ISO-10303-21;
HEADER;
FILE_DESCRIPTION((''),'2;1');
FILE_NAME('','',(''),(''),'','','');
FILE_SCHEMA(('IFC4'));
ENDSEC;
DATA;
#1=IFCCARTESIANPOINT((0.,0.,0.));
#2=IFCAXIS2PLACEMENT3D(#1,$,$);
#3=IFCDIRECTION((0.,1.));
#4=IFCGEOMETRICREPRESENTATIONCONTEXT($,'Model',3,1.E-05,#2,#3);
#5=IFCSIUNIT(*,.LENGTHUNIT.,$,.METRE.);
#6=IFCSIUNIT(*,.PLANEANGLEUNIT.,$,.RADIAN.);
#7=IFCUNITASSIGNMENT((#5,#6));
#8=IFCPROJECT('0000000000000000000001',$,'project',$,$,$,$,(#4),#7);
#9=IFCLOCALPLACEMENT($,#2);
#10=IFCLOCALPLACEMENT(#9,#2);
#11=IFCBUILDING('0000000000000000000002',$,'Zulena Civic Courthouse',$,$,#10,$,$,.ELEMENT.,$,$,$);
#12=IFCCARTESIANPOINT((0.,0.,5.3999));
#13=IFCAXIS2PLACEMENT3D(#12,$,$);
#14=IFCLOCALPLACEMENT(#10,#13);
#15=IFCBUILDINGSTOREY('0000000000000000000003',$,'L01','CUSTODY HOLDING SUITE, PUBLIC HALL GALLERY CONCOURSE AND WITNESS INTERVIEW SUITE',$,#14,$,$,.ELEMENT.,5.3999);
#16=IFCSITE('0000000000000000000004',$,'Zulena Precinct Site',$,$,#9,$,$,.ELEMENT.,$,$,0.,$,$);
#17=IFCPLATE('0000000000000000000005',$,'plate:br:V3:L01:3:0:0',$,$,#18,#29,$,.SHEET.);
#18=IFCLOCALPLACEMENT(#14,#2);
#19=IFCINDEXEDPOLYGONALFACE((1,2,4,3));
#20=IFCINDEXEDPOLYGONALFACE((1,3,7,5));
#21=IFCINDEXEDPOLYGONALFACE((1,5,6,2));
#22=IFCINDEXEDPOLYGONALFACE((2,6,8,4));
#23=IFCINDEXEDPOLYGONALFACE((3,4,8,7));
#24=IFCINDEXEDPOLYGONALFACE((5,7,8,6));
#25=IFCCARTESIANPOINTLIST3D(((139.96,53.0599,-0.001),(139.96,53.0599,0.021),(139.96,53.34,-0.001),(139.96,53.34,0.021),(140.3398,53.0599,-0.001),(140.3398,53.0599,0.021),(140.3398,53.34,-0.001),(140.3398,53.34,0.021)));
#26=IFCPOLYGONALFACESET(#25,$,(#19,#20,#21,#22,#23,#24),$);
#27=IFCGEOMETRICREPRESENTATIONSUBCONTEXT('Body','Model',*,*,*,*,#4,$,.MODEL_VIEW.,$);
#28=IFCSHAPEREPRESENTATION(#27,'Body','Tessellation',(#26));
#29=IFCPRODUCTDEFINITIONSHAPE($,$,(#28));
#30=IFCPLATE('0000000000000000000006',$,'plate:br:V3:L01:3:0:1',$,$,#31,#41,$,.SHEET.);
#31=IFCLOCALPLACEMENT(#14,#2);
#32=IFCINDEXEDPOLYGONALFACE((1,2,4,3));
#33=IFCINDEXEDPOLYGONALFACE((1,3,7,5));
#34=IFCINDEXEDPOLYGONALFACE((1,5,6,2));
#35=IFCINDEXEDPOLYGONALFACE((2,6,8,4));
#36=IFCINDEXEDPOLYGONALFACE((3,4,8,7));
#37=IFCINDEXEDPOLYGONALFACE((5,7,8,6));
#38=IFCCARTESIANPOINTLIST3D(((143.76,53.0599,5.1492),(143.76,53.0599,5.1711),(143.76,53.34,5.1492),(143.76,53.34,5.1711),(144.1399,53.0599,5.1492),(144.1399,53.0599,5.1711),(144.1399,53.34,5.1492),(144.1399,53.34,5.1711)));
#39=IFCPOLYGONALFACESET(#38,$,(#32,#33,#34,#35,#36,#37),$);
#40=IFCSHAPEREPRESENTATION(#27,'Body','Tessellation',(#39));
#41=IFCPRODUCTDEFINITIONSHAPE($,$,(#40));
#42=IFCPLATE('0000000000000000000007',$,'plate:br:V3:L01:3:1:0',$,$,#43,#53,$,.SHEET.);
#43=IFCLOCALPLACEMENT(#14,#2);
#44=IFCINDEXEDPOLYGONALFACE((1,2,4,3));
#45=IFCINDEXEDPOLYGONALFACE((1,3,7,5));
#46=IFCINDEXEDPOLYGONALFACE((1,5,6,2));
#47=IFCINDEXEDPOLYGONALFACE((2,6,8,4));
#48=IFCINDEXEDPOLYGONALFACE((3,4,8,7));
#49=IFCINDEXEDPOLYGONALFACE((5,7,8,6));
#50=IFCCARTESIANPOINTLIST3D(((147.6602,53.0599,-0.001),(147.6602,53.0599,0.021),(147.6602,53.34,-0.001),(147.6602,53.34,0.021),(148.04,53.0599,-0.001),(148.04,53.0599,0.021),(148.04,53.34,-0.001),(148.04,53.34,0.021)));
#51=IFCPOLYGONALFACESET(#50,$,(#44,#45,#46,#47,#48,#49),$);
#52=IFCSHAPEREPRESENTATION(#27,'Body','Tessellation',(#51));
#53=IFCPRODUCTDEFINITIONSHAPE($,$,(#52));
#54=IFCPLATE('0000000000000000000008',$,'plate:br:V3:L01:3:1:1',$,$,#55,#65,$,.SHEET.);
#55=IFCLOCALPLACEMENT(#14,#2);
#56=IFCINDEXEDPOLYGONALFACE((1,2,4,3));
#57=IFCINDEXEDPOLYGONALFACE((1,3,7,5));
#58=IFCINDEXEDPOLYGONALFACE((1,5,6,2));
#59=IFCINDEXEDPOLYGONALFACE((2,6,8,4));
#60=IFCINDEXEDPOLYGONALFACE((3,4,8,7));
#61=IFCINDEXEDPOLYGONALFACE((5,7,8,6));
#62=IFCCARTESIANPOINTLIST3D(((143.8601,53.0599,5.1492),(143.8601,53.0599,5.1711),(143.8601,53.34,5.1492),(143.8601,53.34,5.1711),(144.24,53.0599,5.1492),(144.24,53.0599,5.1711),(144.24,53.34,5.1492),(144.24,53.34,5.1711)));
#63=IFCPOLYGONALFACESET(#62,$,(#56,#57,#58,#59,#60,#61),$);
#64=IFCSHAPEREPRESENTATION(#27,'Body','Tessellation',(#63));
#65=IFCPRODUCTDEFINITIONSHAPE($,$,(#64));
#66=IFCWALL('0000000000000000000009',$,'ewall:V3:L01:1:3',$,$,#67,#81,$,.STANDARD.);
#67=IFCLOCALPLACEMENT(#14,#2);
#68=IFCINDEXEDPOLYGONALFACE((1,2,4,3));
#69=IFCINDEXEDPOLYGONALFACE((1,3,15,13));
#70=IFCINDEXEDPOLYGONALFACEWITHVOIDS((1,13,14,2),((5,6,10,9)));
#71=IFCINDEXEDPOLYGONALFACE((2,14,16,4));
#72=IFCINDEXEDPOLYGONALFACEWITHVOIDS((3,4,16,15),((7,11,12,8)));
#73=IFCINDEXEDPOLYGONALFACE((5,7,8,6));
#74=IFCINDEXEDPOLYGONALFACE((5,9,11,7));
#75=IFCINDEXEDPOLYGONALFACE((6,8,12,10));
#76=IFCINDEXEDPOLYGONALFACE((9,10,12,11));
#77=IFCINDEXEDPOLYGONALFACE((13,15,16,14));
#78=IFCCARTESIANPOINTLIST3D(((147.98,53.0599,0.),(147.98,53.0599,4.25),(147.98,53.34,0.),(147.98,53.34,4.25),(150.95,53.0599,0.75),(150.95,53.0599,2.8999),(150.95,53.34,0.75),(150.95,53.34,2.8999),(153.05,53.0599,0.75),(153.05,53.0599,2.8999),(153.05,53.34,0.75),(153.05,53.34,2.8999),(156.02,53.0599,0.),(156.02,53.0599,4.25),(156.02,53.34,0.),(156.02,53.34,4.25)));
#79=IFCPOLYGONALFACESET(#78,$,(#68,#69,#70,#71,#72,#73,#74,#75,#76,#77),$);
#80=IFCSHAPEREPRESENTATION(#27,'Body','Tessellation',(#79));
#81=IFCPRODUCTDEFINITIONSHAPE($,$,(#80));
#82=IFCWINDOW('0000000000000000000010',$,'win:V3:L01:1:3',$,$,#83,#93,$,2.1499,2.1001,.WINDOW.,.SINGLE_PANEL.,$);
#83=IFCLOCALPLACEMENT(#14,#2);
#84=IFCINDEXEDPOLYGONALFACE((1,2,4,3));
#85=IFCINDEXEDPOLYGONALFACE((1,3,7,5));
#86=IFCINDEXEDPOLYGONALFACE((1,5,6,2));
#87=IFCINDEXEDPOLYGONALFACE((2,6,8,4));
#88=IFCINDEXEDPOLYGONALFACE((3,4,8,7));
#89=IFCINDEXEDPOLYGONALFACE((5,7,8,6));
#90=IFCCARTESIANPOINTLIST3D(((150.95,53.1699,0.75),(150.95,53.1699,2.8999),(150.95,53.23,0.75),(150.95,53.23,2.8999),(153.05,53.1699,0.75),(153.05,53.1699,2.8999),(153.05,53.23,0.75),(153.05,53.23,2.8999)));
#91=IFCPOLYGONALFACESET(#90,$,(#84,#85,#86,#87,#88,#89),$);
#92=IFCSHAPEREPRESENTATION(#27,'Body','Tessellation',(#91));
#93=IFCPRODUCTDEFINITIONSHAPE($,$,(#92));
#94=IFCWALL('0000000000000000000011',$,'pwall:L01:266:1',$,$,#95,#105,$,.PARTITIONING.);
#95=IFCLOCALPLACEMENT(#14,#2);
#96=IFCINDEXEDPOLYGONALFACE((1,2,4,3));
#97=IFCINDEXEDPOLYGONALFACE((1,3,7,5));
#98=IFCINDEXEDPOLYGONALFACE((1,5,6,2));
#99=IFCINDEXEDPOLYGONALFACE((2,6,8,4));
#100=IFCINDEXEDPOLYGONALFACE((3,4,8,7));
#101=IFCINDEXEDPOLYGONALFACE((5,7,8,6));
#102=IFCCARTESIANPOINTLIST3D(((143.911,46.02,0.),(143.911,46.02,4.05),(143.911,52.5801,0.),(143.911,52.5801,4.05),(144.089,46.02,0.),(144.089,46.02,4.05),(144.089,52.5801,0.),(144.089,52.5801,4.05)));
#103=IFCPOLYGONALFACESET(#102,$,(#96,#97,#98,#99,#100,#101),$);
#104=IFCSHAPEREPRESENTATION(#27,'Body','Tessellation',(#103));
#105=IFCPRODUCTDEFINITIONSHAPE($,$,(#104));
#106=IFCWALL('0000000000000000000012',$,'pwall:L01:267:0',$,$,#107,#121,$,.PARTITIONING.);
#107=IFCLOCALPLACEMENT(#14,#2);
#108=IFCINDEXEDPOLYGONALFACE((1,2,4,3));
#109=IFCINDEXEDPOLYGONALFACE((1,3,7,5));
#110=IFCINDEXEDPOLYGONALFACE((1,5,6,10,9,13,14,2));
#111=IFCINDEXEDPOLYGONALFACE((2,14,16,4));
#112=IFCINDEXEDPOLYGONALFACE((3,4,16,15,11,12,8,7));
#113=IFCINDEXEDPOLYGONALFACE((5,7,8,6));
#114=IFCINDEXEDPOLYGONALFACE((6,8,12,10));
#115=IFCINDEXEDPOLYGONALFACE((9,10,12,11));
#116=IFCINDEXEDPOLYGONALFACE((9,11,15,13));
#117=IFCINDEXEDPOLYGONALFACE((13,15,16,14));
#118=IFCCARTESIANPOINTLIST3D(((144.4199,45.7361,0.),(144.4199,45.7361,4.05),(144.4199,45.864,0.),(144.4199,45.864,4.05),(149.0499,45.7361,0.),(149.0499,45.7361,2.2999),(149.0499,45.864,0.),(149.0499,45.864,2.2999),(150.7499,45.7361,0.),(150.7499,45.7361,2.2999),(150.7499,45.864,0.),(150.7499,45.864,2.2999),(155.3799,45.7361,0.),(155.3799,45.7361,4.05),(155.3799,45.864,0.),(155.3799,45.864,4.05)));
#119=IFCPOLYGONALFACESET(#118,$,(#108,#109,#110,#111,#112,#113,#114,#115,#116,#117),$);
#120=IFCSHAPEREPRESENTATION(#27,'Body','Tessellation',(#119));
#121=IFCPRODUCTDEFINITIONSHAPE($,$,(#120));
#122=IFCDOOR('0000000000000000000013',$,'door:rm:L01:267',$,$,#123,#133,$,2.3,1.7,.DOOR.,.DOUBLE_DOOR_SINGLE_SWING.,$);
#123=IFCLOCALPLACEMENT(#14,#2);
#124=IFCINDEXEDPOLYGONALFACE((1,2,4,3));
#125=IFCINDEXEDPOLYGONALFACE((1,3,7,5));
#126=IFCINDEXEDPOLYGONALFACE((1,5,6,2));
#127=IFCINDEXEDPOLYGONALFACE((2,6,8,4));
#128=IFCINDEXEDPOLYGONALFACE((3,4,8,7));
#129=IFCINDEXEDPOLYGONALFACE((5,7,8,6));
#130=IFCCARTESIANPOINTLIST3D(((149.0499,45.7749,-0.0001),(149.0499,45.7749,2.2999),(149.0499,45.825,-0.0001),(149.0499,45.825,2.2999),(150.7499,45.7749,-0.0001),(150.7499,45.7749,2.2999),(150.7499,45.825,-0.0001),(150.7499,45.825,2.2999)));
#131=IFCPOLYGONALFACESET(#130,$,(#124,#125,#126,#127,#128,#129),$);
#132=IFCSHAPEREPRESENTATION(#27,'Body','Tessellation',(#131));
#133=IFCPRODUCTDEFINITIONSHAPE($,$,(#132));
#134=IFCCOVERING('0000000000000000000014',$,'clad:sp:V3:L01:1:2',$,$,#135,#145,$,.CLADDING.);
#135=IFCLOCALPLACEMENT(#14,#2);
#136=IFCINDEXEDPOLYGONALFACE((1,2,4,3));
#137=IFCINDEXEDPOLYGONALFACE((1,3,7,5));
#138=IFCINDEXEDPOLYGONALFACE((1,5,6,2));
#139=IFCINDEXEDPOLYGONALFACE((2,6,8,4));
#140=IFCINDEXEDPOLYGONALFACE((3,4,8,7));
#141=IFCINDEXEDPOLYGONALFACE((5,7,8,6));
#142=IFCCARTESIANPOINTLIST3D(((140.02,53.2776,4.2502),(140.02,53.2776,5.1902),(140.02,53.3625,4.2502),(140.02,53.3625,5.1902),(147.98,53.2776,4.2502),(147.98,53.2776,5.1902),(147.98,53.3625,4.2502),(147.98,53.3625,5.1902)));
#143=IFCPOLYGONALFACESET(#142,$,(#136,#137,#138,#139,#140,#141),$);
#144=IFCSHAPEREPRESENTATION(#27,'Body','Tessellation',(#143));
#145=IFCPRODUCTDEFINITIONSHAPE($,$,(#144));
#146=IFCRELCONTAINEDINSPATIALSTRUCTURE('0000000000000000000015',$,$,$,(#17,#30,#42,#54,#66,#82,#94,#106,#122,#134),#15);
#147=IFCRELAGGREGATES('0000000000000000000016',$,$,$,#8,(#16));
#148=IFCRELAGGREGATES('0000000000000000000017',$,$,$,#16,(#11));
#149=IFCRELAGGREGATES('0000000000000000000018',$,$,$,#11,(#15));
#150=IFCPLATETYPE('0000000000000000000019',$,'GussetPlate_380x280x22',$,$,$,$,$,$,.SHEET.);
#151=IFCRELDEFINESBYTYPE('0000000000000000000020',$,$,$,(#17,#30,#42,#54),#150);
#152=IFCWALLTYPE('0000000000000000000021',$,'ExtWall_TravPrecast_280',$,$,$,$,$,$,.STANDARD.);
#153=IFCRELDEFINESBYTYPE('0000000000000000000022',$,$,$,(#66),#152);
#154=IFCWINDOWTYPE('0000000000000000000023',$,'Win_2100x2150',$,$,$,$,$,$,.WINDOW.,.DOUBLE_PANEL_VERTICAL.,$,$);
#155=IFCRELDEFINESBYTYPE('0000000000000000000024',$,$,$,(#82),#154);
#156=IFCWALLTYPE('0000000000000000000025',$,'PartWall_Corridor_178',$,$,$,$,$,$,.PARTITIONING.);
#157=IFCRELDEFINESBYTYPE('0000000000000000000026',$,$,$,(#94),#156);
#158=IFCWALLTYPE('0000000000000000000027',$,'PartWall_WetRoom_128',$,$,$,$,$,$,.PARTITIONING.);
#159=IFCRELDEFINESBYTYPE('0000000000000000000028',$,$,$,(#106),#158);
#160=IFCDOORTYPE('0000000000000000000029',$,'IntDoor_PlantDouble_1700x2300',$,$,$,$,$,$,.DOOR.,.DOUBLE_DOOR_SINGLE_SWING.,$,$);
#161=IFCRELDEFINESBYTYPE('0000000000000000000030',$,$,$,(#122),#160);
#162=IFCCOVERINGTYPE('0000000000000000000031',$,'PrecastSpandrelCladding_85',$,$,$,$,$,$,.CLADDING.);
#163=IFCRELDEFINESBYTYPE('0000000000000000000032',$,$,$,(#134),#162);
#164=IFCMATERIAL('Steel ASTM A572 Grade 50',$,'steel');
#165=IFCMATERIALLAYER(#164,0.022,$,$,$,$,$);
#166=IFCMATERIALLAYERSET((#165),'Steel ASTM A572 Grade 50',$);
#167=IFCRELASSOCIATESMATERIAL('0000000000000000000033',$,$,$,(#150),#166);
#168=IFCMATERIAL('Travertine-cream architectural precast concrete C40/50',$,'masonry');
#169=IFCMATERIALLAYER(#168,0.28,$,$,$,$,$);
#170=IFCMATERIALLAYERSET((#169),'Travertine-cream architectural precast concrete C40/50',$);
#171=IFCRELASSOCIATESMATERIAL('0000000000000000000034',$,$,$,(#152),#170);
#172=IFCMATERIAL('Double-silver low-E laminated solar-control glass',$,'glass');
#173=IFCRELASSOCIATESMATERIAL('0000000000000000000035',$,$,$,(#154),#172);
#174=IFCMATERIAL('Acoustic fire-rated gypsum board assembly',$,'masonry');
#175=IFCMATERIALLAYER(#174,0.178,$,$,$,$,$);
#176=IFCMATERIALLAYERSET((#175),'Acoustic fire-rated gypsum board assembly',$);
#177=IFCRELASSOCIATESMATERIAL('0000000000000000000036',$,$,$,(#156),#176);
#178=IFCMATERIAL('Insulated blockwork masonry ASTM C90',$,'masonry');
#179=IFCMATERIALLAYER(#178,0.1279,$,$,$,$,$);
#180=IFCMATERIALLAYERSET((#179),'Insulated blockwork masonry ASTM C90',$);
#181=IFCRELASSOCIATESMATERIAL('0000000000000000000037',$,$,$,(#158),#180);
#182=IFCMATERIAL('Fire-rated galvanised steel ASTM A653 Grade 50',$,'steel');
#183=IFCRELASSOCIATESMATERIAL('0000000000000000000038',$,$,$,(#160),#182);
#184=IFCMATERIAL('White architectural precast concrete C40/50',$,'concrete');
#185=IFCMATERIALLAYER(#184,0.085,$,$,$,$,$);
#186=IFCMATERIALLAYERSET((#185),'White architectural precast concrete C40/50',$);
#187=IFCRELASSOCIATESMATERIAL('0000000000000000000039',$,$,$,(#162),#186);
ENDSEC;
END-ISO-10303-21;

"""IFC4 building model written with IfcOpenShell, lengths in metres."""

from ifc_helpers import new_model, si_unit, direction, frame, frame_2d, origin, origin_2d, place, context, subcontext, project, spatial, rectangle, extrude, material, layer, layer_set, type_object, element, fill, save


model = new_model("IFC4")

# Units and contexts
model_context = context("Model", 3, precision=1e-05, world=origin(), true_north=direction((0.0, 1.0)))
body_context = subcontext(model_context, "Body", "Model", "MODEL_VIEW")
ifc_project = project(units=[si_unit("LENGTHUNIT", "METRE"), si_unit("PLANEANGLEUNIT", "RADIAN")], contexts=[model_context])

# Site, building, storey
site_placement = place(None, origin())
site = spatial("IfcSite", under=ifc_project, at=site_placement, Name="Zulena Precinct Site", CompositionType="ELEMENT", RefElevation=0.0)
building_placement = place(site_placement, origin())
building = spatial("IfcBuilding", under=site, at=building_placement, Name="Zulena Civic Courthouse", CompositionType="ELEMENT")
storey_placement = place(building_placement, frame((0.0, 0.0, 5.3999)))
storey = spatial("IfcBuildingStorey", under=building, at=storey_placement, Name="L01", Description="CUSTODY HOLDING SUITE, PUBLIC HALL GALLERY CONCOURSE AND WITNESS INTERVIEW SUITE", CompositionType="ELEMENT", Elevation=5.3999)

# Plates
ifc_material_1 = material(Name="Steel ASTM A572 Grade 50", Category="steel")
ifc_layer_1 = layer(ifc_material_1, 0.022)
ifc_layer_set_1 = layer_set([ifc_layer_1], Name="Steel ASTM A572 Grade 50")
plate_type = type_object("IfcPlateType", Name="GussetPlate_380x280x22", PredefinedType="SHEET", material=ifc_layer_set_1)
for number, where, z_axis, x_axis, name in (
    (1, (140.1499, 53.2, -0.001), (0.0, 0.0, 1.0), (1.0, 0.0, 0.0), "plate:br:V3:L01:3:0:0"),
    (2, (143.95, 53.2, 5.1492), (0.0, 0.0, 1.0), (1.0, 0.0, 0.0), "plate:br:V3:L01:3:0:1"),
    (3, (147.8501, 53.2, -0.001), (0.0, 0.0, 1.0), (1.0, 0.0, 0.0), "plate:br:V3:L01:3:1:0"),
    (4, (144.05, 53.2, 5.1492), (0.0, 0.0, 1.0), (1.0, 0.0, 0.0), "plate:br:V3:L01:3:1:1"),
):
    element("IfcPlate", number, at=place(storey_placement, frame(where, z_axis=z_axis, x_axis=x_axis)), inside=storey, type_object=plate_type, Name=name, PredefinedType="SHEET", context=body_context, shape_type="SweptSolid", body=[
        extrude(rectangle(XDim=0.3799, YDim=0.28, at=origin_2d()), origin(), (0.0, 0.0, 1.0), 0.022),
    ])

# Wall, opening, window
ifc_material_2 = material(Name="Travertine-cream architectural precast concrete C40/50", Category="masonry")
ifc_layer_2 = layer(ifc_material_2, 0.28)
ifc_layer_set_2 = layer_set([ifc_layer_2], Name="Travertine-cream architectural precast concrete C40/50")
wall_type_1 = type_object("IfcWallType", Name="ExtWall_TravPrecast_280", PredefinedType="STANDARD", material=ifc_layer_set_2)
wall_1_placement = place(storey_placement, frame((147.98, 53.2, 0.0), z_axis=(0.0, 0.0, 1.0), x_axis=(1.0, 0.0, 0.0)))
wall_1 = element("IfcWall", 5, at=wall_1_placement, inside=storey, type_object=wall_type_1, Name="ewall:V3:L01:1:3", PredefinedType="STANDARD", context=body_context, shape_type="SweptSolid", body=[
    extrude(rectangle(XDim=8.04, YDim=0.28, at=frame_2d((4.02, 0.0))), origin(), (0.0, 0.0, 1.0), 4.25),
])
opening_1_placement = place(wall_1_placement, frame((2.97, 0.0, 0.75)))
opening_1 = element("IfcOpeningElement", 6, at=opening_1_placement, cuts=wall_1, PredefinedType="OPENING", context=body_context, shape_type="SweptSolid", body=[
    extrude(rectangle(XDim=2.1001, YDim=2.1499, at=frame_2d((1.05, 1.075))), frame((0.0, 0.1499, 0.0), z_axis=(0.0, -1.0, 0.0), x_axis=(1.0, 0.0, 0.0)), (0.0, 0.0, 1.0), 0.3),
])
ifc_material_3 = material(Name="Double-silver low-E laminated solar-control glass", Category="glass")
window_type = type_object("IfcWindowType", Name="Win_2100x2150", PartitioningType="DOUBLE_PANEL_VERTICAL", PredefinedType="WINDOW", material=ifc_material_3)
window_placement = place(opening_1_placement, origin())
window = element("IfcWindow", 7, at=window_placement, inside=storey, type_object=window_type, Name="win:V3:L01:1:3", OverallHeight=2.1499, OverallWidth=2.1001, PartitioningType="SINGLE_PANEL", PredefinedType="WINDOW", context=body_context, shape_type="SweptSolid", body=[
    extrude(rectangle(XDim=2.1001, YDim=2.1499, at=frame_2d((1.05, 1.075))), frame((0.0, 0.03, 0.0), z_axis=(0.0, -1.0, 0.0), x_axis=(1.0, 0.0, 0.0)), (0.0, 0.0, 1.0), 0.0601),
])
fill(opening_1, window)

# Wall
ifc_material_4 = material(Name="Acoustic fire-rated gypsum board assembly", Category="masonry")
ifc_layer_3 = layer(ifc_material_4, 0.178)
ifc_layer_set_3 = layer_set([ifc_layer_3], Name="Acoustic fire-rated gypsum board assembly")
wall_type_2 = type_object("IfcWallType", Name="PartWall_Corridor_178", PredefinedType="PARTITIONING", material=ifc_layer_set_3)
wall_2_placement = place(storey_placement, frame((144.0, 46.02, 0.0), z_axis=(0.0, 0.0, 1.0), x_axis=(0.0, 1.0, 0.0)))
element("IfcWall", 8, at=wall_2_placement, inside=storey, type_object=wall_type_2, Name="pwall:L01:266:1", PredefinedType="PARTITIONING", context=body_context, shape_type="SweptSolid", body=[
    extrude(rectangle(XDim=6.5601, YDim=0.178, at=frame_2d((3.28, 0.0))), origin(), (0.0, 0.0, 1.0), 4.05),
])

# Wall, opening, door
ifc_material_5 = material(Name="Insulated blockwork masonry ASTM C90", Category="masonry")
ifc_layer_4 = layer(ifc_material_5, 0.1279)
ifc_layer_set_4 = layer_set([ifc_layer_4], Name="Insulated blockwork masonry ASTM C90")
wall_type_3 = type_object("IfcWallType", Name="PartWall_WetRoom_128", PredefinedType="PARTITIONING", material=ifc_layer_set_4)
wall_3_placement = place(storey_placement, frame((144.4199, 45.8, 0.0), z_axis=(0.0, 0.0, 1.0), x_axis=(1.0, 0.0, 0.0)))
wall_3 = element("IfcWall", 9, at=wall_3_placement, inside=storey, type_object=wall_type_3, Name="pwall:L01:267:0", PredefinedType="PARTITIONING", context=body_context, shape_type="SweptSolid", body=[
    extrude(rectangle(XDim=10.96, YDim=0.1279, at=frame_2d((5.48, 0.0))), origin(), (0.0, 0.0, 1.0), 4.05),
])
opening_2_placement = place(wall_3_placement, frame((4.6299, 0.0, 0.0)))
opening_2 = element("IfcOpeningElement", 10, at=opening_2_placement, cuts=wall_3, PredefinedType="OPENING", context=body_context, shape_type="SweptSolid", body=[
    extrude(rectangle(XDim=1.7, YDim=2.3, at=frame_2d((0.8501, 1.1499))), frame((0.0, 0.074, 0.0), z_axis=(0.0, -1.0, 0.0), x_axis=(1.0, 0.0, 0.0)), (0.0, 0.0, 1.0), 0.1479),
])
ifc_material_6 = material(Name="Fire-rated galvanised steel ASTM A653 Grade 50", Category="steel")
door_type = type_object("IfcDoorType", Name="IntDoor_PlantDouble_1700x2300", OperationType="DOUBLE_DOOR_SINGLE_SWING", PredefinedType="DOOR", material=ifc_material_6)
door_placement = place(opening_2_placement, origin())
door = element("IfcDoor", 11, at=door_placement, inside=storey, type_object=door_type, Name="door:rm:L01:267", OperationType="DOUBLE_DOOR_SINGLE_SWING", OverallHeight=2.3, OverallWidth=1.7, PredefinedType="DOOR", context=body_context, shape_type="SweptSolid", body=[
    extrude(rectangle(XDim=1.7, YDim=2.3, at=frame_2d((0.8501, 1.1499))), frame((0.0, 0.0249, 0.0), z_axis=(0.0, -1.0, 0.0), x_axis=(1.0, 0.0, 0.0)), (0.0, 0.0, 1.0), 0.05),
])
fill(opening_2, door)

# Covering
ifc_material_7 = material(Name="White architectural precast concrete C40/50", Category="concrete")
ifc_layer_5 = layer(ifc_material_7, 0.085)
ifc_layer_set_5 = layer_set([ifc_layer_5], Name="White architectural precast concrete C40/50")
covering_type = type_object("IfcCoveringType", Name="PrecastSpandrelCladding_85", PredefinedType="CLADDING", material=ifc_layer_set_5)
covering_placement = place(storey_placement, frame((144.0, 53.3201, 4.2502), z_axis=(0.0, 0.0, 1.0), x_axis=(1.0, 0.0, 0.0)))
element("IfcCovering", 12, at=covering_placement, inside=storey, type_object=covering_type, Name="clad:sp:V3:L01:1:2", PredefinedType="CLADDING", context=body_context, shape_type="SweptSolid", body=[
    extrude(rectangle(XDim=7.96, YDim=0.085, at=origin_2d()), origin(), (0.0, 0.0, 1.0), 0.9399),
])

save(model, "model.ifc")
